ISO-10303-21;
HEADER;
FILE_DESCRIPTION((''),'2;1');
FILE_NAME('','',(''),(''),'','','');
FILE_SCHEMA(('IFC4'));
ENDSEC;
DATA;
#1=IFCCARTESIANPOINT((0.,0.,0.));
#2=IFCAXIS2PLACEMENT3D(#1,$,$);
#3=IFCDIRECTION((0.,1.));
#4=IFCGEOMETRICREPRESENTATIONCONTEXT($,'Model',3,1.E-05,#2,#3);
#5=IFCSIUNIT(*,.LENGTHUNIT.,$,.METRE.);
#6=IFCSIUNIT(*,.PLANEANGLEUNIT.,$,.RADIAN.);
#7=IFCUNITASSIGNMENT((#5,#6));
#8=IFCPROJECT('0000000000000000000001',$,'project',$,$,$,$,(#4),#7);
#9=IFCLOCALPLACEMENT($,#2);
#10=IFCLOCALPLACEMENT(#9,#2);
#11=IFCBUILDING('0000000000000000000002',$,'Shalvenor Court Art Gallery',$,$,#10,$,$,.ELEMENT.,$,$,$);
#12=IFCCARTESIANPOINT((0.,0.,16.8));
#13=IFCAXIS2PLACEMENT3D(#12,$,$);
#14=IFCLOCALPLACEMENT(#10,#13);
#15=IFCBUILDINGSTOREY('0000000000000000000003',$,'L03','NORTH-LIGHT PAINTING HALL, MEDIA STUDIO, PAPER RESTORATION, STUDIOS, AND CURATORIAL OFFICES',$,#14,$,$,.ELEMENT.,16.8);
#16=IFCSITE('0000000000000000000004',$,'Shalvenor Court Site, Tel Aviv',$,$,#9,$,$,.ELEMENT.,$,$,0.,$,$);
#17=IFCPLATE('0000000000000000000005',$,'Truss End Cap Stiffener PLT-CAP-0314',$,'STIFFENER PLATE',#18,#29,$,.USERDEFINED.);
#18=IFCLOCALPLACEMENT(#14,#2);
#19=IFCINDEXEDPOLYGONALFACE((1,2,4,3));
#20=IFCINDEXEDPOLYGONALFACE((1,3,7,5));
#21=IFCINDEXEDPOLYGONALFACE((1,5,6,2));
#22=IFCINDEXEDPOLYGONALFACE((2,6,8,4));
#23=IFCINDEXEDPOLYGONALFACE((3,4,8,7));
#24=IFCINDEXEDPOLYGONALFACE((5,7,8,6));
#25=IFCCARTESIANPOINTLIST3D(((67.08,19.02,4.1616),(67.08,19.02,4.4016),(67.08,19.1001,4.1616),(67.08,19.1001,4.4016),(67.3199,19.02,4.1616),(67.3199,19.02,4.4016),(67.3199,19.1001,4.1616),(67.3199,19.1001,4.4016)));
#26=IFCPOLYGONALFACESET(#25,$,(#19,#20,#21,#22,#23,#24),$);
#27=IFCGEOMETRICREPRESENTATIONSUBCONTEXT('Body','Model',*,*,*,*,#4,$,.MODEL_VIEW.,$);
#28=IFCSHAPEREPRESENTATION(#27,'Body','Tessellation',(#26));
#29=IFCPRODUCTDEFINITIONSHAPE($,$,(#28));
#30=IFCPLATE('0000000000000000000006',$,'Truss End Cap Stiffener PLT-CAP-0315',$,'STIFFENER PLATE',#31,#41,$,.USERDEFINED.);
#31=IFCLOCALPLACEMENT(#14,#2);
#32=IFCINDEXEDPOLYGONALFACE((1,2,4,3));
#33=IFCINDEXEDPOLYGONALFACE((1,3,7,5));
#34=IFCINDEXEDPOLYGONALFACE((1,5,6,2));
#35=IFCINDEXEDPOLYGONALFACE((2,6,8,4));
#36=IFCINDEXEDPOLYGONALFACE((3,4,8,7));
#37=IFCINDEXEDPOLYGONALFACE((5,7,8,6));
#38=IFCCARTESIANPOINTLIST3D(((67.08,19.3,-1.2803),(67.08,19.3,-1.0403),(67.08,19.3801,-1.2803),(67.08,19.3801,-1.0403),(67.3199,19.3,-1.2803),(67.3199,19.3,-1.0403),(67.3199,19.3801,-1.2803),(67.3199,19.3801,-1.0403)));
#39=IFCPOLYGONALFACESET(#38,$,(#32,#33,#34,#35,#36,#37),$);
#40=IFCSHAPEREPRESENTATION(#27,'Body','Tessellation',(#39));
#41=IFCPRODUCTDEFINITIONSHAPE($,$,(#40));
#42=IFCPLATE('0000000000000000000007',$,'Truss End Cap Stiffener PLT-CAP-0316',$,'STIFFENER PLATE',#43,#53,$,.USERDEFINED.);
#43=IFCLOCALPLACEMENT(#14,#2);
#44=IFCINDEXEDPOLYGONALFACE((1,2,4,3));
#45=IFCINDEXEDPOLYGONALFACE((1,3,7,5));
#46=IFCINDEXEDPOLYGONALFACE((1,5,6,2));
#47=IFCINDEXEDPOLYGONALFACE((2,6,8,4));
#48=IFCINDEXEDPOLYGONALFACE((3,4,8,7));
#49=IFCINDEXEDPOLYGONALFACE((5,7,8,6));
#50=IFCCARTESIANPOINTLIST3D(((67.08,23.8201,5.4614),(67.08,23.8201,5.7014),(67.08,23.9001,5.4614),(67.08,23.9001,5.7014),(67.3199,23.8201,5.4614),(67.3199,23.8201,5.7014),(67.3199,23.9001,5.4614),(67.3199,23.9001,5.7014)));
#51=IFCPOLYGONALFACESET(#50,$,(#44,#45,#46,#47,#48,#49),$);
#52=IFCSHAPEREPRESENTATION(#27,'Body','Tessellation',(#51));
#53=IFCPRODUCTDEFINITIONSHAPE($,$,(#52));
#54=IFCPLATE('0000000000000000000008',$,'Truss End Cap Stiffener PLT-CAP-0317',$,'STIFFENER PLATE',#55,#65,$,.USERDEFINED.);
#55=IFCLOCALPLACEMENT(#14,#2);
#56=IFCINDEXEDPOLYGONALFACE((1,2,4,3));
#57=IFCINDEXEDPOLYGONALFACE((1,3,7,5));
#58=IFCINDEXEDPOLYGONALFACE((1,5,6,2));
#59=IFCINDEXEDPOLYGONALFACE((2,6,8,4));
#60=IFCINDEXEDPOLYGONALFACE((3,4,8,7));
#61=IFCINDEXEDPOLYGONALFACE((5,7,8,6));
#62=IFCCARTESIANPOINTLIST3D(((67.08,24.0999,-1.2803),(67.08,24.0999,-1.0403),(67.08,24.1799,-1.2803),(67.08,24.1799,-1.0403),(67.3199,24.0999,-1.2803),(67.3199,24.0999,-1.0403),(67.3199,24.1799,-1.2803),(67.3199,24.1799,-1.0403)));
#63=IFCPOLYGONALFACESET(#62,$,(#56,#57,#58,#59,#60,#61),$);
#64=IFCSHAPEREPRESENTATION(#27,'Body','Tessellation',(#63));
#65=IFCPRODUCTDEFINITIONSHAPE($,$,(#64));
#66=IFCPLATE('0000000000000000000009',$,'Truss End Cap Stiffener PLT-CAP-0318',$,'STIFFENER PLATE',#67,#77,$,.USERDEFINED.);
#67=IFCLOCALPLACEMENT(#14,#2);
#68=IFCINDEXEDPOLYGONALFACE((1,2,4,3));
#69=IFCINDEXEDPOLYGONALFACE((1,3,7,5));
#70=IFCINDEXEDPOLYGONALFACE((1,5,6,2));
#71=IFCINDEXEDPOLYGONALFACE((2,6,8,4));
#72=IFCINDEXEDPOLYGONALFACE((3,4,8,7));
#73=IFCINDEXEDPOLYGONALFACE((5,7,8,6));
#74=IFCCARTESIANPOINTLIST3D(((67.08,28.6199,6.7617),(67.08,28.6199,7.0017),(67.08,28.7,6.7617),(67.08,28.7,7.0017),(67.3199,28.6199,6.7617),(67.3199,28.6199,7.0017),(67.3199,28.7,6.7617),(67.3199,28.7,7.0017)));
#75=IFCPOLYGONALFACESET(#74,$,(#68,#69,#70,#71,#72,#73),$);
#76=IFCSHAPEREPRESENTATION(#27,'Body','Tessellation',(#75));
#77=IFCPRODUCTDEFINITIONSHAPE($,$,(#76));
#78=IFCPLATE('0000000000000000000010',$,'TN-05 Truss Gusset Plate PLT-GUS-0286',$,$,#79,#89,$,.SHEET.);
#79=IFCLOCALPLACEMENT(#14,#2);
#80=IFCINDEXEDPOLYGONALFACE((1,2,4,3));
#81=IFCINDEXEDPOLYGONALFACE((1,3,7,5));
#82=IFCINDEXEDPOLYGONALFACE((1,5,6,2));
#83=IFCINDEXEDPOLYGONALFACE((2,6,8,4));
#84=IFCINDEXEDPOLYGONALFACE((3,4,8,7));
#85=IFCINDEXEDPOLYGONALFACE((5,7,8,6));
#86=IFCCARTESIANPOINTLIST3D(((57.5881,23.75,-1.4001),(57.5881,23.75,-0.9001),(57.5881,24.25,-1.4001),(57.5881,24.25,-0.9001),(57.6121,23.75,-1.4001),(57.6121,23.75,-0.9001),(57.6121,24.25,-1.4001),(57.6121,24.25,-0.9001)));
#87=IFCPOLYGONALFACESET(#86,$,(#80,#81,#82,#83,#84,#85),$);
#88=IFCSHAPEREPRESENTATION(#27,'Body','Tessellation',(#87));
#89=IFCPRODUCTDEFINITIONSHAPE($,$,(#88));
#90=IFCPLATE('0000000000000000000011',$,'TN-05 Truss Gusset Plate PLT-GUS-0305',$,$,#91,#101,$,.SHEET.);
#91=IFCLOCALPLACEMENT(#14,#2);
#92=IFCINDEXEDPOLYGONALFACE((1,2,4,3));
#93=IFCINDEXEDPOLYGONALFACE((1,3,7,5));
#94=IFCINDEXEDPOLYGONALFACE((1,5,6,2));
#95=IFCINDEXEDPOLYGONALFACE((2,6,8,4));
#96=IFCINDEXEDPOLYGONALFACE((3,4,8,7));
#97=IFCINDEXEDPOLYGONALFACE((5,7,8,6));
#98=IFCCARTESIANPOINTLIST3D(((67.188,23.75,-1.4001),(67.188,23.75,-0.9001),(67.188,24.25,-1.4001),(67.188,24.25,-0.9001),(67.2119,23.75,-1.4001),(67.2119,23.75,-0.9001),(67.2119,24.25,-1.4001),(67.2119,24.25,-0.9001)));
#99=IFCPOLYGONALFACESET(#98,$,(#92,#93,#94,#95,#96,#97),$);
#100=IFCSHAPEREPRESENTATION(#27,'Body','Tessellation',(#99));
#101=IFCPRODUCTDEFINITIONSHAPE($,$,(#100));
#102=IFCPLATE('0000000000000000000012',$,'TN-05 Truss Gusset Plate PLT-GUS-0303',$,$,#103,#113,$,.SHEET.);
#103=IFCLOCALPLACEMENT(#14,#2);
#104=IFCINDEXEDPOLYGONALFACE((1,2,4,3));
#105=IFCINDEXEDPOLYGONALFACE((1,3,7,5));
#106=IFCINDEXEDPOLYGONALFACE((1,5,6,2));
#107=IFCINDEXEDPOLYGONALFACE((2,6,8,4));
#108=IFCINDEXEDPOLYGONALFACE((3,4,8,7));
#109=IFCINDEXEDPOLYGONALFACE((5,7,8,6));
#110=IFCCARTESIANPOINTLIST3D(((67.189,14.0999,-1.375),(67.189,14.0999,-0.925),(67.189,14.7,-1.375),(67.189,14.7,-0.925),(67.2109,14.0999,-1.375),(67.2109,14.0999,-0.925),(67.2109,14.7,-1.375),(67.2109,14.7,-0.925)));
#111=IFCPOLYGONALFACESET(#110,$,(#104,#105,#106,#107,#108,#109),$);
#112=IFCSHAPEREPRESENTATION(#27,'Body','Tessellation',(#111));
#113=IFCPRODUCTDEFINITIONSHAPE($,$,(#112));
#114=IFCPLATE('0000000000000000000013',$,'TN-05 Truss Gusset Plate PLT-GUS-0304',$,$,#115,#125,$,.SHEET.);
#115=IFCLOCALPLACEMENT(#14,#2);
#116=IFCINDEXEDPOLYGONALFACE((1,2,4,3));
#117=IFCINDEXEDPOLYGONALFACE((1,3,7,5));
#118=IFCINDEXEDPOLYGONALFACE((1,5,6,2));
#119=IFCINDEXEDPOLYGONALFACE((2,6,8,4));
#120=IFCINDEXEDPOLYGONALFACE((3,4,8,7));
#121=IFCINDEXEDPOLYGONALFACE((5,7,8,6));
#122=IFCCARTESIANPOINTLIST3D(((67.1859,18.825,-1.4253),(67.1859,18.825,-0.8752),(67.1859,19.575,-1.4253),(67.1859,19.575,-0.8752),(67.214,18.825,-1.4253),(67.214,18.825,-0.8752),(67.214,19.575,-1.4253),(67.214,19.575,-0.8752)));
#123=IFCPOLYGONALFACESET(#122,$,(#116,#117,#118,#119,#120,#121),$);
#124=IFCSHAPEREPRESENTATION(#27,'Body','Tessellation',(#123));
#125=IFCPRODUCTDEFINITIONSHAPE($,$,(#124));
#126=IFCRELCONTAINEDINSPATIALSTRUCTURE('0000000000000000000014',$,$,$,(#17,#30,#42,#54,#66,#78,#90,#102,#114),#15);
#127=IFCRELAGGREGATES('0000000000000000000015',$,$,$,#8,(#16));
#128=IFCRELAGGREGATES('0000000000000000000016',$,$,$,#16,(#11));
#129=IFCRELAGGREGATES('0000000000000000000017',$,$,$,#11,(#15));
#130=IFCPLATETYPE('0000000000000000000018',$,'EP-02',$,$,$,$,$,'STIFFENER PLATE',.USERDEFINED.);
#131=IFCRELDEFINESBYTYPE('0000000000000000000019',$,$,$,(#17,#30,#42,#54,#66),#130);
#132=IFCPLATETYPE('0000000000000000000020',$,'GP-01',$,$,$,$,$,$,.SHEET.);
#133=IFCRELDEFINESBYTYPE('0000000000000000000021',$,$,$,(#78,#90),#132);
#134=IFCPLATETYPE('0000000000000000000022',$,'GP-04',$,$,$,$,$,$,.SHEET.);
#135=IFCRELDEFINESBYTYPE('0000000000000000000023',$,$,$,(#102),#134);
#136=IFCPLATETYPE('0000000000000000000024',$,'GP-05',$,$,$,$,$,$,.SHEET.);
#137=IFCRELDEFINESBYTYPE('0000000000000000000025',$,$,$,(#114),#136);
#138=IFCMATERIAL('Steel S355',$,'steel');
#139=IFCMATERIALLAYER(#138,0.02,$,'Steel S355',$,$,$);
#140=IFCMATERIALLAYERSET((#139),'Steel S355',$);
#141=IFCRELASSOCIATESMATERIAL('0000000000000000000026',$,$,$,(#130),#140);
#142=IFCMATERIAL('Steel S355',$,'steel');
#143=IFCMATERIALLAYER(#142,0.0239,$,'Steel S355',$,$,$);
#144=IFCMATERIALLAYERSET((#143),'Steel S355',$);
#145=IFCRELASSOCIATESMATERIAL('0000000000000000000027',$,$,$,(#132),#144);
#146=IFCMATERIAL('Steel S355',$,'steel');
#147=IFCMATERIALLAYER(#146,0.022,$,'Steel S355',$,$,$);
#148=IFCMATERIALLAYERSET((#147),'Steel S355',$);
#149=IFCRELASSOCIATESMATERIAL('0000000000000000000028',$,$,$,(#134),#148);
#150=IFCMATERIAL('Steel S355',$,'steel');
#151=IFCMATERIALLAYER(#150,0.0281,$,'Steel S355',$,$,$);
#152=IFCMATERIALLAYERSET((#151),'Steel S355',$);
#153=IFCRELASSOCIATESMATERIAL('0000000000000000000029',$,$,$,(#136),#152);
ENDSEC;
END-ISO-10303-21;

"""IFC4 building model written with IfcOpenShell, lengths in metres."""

from ifc_helpers import new_model, si_unit, direction, frame, origin, origin_2d, place, context, subcontext, project, spatial, rectangle, extrude, material, layer, layer_set, type_object, element, save


model = new_model("IFC4")

# Units and contexts
model_context = context("Model", 3, precision=1e-05, world=origin(), true_north=direction((0.0, 1.0)))
body_context = subcontext(model_context, "Body", "Model", "MODEL_VIEW")
ifc_project = project(units=[si_unit("LENGTHUNIT", "METRE"), si_unit("PLANEANGLEUNIT", "RADIAN")], contexts=[model_context])

# Site, building, storey
site_placement = place(None, origin())
site = spatial("IfcSite", under=ifc_project, at=site_placement, Name="Shalvenor Court Site, Tel Aviv", CompositionType="ELEMENT", RefElevation=0.0)
building_placement = place(site_placement, origin())
building = spatial("IfcBuilding", under=site, at=building_placement, Name="Shalvenor Court Art Gallery", CompositionType="ELEMENT")
storey_placement = place(building_placement, frame((0.0, 0.0, 16.8)))
storey = spatial("IfcBuildingStorey", under=building, at=storey_placement, Name="L03", Description="NORTH-LIGHT PAINTING HALL, MEDIA STUDIO, PAPER RESTORATION, STUDIOS, AND CURATORIAL OFFICES", CompositionType="ELEMENT", Elevation=16.8)

# Plates
ifc_material_1 = material(Name="Steel S355", Category="steel")
ifc_layer_1 = layer(ifc_material_1, 0.02, Name="Steel S355")
ifc_layer_set_1 = layer_set([ifc_layer_1], Name="Steel S355")
plate_type_1 = type_object("IfcPlateType", Name="EP-02", ElementType="STIFFENER PLATE", PredefinedType="USERDEFINED", material=ifc_layer_set_1)
for number, where, z_axis, x_axis, name in (
    (1, (67.2, 19.0601, 4.1616), (0.0, 0.0, 1.0), (1.0, 0.0, 0.0), "Truss End Cap Stiffener PLT-CAP-0314"),
    (2, (67.2, 19.3401, -1.2803), (0.0, 0.0, 1.0), (1.0, 0.0, 0.0), "Truss End Cap Stiffener PLT-CAP-0315"),
    (3, (67.2, 23.8601, 5.4614), (0.0, 0.0, 1.0), (1.0, 0.0, 0.0), "Truss End Cap Stiffener PLT-CAP-0316"),
    (4, (67.2, 24.1399, -1.2803), (0.0, 0.0, 1.0), (1.0, 0.0, 0.0), "Truss End Cap Stiffener PLT-CAP-0317"),
    (5, (67.2, 28.6599, 6.7617), (0.0, 0.0, 1.0), (1.0, 0.0, 0.0), "Truss End Cap Stiffener PLT-CAP-0318"),
):
    element("IfcPlate", number, at=place(storey_placement, frame(where, z_axis=z_axis, x_axis=x_axis)), inside=storey, type_object=plate_type_1, Name=name, ObjectType="STIFFENER PLATE", PredefinedType="USERDEFINED", context=body_context, shape_type="SweptSolid", body=[
        extrude(rectangle(XDim=0.24, YDim=0.0801, at=origin_2d()), origin(), (0.0, 0.0, 1.0), 0.24),
    ])
ifc_material_2 = material(Name="Steel S355", Category="steel")
ifc_layer_2 = layer(ifc_material_2, 0.0239, Name="Steel S355")
ifc_layer_set_2 = layer_set([ifc_layer_2], Name="Steel S355")
plate_type_2 = type_object("IfcPlateType", Name="GP-01", PredefinedType="SHEET", material=ifc_layer_set_2)
for number, where, z_axis, x_axis, name in (
    (6, (57.6001, 24.0, -1.4001), (0.0, 0.0, 1.0), (0.0, 1.0, 0.0), "TN-05 Truss Gusset Plate PLT-GUS-0286"),
    (7, (67.2, 24.0, -1.4001), (0.0, 0.0, 1.0), (0.0, 1.0, 0.0), "TN-05 Truss Gusset Plate PLT-GUS-0305"),
):
    element("IfcPlate", number, at=place(storey_placement, frame(where, z_axis=z_axis, x_axis=x_axis)), inside=storey, type_object=plate_type_2, Name=name, PredefinedType="SHEET", context=body_context, shape_type="SweptSolid", body=[
        extrude(rectangle(XDim=0.5, YDim=0.0239, at=origin_2d()), origin(), (0.0, 0.0, 1.0), 0.5),
    ])
ifc_material_3 = material(Name="Steel S355", Category="steel")
ifc_layer_3 = layer(ifc_material_3, 0.022, Name="Steel S355")
ifc_layer_set_3 = layer_set([ifc_layer_3], Name="Steel S355")
plate_type_3 = type_object("IfcPlateType", Name="GP-04", PredefinedType="SHEET", material=ifc_layer_set_3)
plate_1_placement = place(storey_placement, frame((67.2, 14.3999, -1.375), z_axis=(0.0, 0.0, 1.0), x_axis=(0.0, 1.0, 0.0)))
element("IfcPlate", 8, at=plate_1_placement, inside=storey, type_object=plate_type_3, Name="TN-05 Truss Gusset Plate PLT-GUS-0303", PredefinedType="SHEET", context=body_context, shape_type="SweptSolid", body=[
    extrude(rectangle(XDim=0.6001, YDim=0.022, at=origin_2d()), origin(), (0.0, 0.0, 1.0), 0.45),
])
ifc_material_4 = material(Name="Steel S355", Category="steel")
ifc_layer_4 = layer(ifc_material_4, 0.0281, Name="Steel S355")
ifc_layer_set_4 = layer_set([ifc_layer_4], Name="Steel S355")
plate_type_4 = type_object("IfcPlateType", Name="GP-05", PredefinedType="SHEET", material=ifc_layer_set_4)
plate_2_placement = place(storey_placement, frame((67.2, 19.2, -1.4253), z_axis=(0.0, 0.0, 1.0), x_axis=(0.0, 1.0, 0.0)))
element("IfcPlate", 9, at=plate_2_placement, inside=storey, type_object=plate_type_4, Name="TN-05 Truss Gusset Plate PLT-GUS-0304", PredefinedType="SHEET", context=body_context, shape_type="SweptSolid", body=[
    extrude(rectangle(XDim=0.75, YDim=0.0281, at=origin_2d()), origin(), (0.0, 0.0, 1.0), 0.55),
])

save(model, "model.ifc")
